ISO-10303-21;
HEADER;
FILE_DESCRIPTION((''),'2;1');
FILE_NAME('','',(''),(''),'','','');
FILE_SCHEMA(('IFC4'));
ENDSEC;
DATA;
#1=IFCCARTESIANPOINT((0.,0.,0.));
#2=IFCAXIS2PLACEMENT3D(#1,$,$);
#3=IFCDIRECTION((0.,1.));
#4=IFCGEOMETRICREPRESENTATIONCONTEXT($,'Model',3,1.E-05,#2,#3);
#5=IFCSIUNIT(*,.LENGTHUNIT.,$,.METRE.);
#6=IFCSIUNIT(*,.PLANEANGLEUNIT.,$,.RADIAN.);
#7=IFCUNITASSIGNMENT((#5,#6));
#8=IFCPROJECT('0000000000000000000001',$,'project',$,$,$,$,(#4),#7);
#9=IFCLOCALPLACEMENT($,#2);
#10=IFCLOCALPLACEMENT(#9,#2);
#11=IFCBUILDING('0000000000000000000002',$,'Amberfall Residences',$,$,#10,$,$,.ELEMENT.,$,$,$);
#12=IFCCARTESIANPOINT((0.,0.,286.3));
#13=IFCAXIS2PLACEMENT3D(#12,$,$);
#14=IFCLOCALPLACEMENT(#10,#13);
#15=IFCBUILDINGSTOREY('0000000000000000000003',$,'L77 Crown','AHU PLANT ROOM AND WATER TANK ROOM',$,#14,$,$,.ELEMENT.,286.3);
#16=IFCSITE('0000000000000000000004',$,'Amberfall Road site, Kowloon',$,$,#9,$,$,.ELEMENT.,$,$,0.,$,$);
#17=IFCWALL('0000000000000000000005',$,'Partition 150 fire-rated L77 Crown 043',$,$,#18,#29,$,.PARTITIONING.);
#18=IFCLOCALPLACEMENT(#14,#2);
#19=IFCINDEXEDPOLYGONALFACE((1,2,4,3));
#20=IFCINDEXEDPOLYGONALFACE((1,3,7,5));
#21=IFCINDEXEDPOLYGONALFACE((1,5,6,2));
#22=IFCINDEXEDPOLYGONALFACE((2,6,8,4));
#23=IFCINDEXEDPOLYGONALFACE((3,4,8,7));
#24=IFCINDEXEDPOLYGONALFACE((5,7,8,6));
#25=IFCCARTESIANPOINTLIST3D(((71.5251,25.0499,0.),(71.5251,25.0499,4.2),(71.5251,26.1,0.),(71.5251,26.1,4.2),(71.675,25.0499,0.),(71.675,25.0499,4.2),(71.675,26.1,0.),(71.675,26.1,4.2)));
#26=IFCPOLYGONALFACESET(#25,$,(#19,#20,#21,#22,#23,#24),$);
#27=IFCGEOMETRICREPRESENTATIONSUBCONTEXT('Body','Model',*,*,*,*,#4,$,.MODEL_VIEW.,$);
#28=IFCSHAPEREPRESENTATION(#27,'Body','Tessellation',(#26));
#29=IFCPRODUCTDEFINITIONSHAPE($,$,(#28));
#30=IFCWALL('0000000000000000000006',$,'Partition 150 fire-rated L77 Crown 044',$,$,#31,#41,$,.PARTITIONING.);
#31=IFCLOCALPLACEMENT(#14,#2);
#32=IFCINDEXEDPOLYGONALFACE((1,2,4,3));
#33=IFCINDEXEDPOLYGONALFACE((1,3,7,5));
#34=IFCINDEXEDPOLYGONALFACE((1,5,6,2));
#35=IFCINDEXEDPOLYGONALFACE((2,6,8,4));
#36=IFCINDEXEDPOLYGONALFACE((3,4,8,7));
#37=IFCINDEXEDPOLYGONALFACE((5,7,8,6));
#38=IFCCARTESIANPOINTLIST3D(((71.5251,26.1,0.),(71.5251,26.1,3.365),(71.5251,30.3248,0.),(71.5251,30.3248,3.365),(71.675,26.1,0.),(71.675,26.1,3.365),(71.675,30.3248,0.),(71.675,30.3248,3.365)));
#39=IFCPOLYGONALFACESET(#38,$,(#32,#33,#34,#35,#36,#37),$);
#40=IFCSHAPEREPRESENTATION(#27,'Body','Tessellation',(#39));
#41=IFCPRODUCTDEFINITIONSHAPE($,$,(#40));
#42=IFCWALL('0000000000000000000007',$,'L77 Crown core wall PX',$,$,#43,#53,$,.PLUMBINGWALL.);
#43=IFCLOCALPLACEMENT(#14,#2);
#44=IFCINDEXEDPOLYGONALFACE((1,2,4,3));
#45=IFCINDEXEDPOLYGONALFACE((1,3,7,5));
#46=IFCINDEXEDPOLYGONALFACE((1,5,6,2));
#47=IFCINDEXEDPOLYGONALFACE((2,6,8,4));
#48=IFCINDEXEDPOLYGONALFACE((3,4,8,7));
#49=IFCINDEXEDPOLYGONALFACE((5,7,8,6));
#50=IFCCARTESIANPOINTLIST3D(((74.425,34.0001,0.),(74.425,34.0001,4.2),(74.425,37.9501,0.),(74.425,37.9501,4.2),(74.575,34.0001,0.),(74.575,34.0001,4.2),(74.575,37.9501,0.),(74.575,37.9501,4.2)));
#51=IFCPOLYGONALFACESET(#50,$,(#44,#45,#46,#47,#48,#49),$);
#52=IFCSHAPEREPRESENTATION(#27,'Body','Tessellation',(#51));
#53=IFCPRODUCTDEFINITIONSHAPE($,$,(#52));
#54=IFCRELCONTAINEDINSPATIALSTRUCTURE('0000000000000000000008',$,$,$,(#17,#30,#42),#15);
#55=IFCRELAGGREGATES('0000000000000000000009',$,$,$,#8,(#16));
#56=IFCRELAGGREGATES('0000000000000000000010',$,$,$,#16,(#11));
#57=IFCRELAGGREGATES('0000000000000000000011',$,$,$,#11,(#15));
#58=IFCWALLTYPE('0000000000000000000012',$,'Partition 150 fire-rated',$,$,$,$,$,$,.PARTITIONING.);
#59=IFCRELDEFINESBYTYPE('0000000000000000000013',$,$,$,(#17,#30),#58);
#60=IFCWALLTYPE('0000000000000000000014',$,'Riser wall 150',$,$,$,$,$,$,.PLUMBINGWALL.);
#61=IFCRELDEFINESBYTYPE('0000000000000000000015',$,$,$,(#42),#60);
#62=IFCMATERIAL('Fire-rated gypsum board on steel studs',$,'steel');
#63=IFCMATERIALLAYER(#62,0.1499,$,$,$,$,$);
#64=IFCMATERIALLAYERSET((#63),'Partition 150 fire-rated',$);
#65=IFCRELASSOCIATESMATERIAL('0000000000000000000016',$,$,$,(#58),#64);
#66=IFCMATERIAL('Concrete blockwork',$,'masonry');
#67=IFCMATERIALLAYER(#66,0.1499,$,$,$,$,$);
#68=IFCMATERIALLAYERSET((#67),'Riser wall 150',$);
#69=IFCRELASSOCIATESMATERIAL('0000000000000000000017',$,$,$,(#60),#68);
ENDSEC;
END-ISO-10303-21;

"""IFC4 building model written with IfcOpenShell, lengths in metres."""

from ifc_helpers import new_model, si_unit, direction, frame, frame_2d, origin, place, context, subcontext, project, spatial, rectangle, extrude, material, layer, layer_set, type_object, element, save


model = new_model("IFC4")

# Units and contexts
model_context = context("Model", 3, precision=1e-05, world=origin(), true_north=direction((0.0, 1.0)))
body_context = subcontext(model_context, "Body", "Model", "MODEL_VIEW")
ifc_project = project(units=[si_unit("LENGTHUNIT", "METRE"), si_unit("PLANEANGLEUNIT", "RADIAN")], contexts=[model_context])

# Site, building, storey
site_placement = place(None, origin())
site = spatial("IfcSite", under=ifc_project, at=site_placement, Name="Amberfall Road site, Kowloon", CompositionType="ELEMENT", RefElevation=0.0)
building_placement = place(site_placement, origin())
building = spatial("IfcBuilding", under=site, at=building_placement, Name="Amberfall Residences", CompositionType="ELEMENT")
storey_placement = place(building_placement, frame((0.0, 0.0, 286.3)))
storey = spatial("IfcBuildingStorey", under=building, at=storey_placement, Name="L77 Crown", Description="AHU PLANT ROOM AND WATER TANK ROOM", CompositionType="ELEMENT", Elevation=286.3)

# Shared definitions
ifc_material_1 = material(Name="Fire-rated gypsum board on steel studs", Category="steel")
ifc_layer_1 = layer(ifc_material_1, 0.1499)
ifc_layer_set_1 = layer_set([ifc_layer_1], Name="Partition 150 fire-rated")
wall_type_1 = type_object("IfcWallType", Name="Partition 150 fire-rated", PredefinedType="PARTITIONING", material=ifc_layer_set_1)

# Walls
wall_1_placement = place(storey_placement, frame((71.6001, 25.05, 0.0), z_axis=(0.0, 0.0, 1.0), x_axis=(0.0, 1.0, 0.0)))
element("IfcWall", 1, at=wall_1_placement, inside=storey, type_object=wall_type_1, Name="Partition 150 fire-rated L77 Crown 043", PredefinedType="PARTITIONING", context=body_context, shape_type="SweptSolid", body=[
    extrude(rectangle(XDim=1.05, YDim=0.1499, at=frame_2d((0.5249, 0.0))), origin(), (0.0, 0.0, 1.0), 4.2),
])
wall_2_placement = place(storey_placement, frame((71.6001, 26.1001, 0.0), z_axis=(0.0, 0.0, 1.0), x_axis=(0.0, 1.0, 0.0)))
element("IfcWall", 2, at=wall_2_placement, inside=storey, type_object=wall_type_1, Name="Partition 150 fire-rated L77 Crown 044", PredefinedType="PARTITIONING", context=body_context, shape_type="SweptSolid", body=[
    extrude(rectangle(XDim=4.2249, YDim=0.1499, at=frame_2d((2.1123, 0.0))), origin(), (0.0, 0.0, 1.0), 3.365),
])
ifc_material_2 = material(Name="Concrete blockwork", Category="masonry")
ifc_layer_2 = layer(ifc_material_2, 0.1499)
ifc_layer_set_2 = layer_set([ifc_layer_2], Name="Riser wall 150")
wall_type_2 = type_object("IfcWallType", Name="Riser wall 150", PredefinedType="PLUMBINGWALL", material=ifc_layer_set_2)
wall_3_placement = place(storey_placement, frame((74.5, 34.0, 0.0), z_axis=(0.0, 0.0, 1.0), x_axis=(0.0, 1.0, 0.0)))
element("IfcWall", 3, at=wall_3_placement, inside=storey, type_object=wall_type_2, Name="L77 Crown core wall PX", PredefinedType="PLUMBINGWALL", context=body_context, shape_type="SweptSolid", body=[
    extrude(rectangle(XDim=3.95, YDim=0.1499, at=frame_2d((1.9751, 0.0))), origin(), (0.0, 0.0, 1.0), 4.2),
])

save(model, "model.ifc")
